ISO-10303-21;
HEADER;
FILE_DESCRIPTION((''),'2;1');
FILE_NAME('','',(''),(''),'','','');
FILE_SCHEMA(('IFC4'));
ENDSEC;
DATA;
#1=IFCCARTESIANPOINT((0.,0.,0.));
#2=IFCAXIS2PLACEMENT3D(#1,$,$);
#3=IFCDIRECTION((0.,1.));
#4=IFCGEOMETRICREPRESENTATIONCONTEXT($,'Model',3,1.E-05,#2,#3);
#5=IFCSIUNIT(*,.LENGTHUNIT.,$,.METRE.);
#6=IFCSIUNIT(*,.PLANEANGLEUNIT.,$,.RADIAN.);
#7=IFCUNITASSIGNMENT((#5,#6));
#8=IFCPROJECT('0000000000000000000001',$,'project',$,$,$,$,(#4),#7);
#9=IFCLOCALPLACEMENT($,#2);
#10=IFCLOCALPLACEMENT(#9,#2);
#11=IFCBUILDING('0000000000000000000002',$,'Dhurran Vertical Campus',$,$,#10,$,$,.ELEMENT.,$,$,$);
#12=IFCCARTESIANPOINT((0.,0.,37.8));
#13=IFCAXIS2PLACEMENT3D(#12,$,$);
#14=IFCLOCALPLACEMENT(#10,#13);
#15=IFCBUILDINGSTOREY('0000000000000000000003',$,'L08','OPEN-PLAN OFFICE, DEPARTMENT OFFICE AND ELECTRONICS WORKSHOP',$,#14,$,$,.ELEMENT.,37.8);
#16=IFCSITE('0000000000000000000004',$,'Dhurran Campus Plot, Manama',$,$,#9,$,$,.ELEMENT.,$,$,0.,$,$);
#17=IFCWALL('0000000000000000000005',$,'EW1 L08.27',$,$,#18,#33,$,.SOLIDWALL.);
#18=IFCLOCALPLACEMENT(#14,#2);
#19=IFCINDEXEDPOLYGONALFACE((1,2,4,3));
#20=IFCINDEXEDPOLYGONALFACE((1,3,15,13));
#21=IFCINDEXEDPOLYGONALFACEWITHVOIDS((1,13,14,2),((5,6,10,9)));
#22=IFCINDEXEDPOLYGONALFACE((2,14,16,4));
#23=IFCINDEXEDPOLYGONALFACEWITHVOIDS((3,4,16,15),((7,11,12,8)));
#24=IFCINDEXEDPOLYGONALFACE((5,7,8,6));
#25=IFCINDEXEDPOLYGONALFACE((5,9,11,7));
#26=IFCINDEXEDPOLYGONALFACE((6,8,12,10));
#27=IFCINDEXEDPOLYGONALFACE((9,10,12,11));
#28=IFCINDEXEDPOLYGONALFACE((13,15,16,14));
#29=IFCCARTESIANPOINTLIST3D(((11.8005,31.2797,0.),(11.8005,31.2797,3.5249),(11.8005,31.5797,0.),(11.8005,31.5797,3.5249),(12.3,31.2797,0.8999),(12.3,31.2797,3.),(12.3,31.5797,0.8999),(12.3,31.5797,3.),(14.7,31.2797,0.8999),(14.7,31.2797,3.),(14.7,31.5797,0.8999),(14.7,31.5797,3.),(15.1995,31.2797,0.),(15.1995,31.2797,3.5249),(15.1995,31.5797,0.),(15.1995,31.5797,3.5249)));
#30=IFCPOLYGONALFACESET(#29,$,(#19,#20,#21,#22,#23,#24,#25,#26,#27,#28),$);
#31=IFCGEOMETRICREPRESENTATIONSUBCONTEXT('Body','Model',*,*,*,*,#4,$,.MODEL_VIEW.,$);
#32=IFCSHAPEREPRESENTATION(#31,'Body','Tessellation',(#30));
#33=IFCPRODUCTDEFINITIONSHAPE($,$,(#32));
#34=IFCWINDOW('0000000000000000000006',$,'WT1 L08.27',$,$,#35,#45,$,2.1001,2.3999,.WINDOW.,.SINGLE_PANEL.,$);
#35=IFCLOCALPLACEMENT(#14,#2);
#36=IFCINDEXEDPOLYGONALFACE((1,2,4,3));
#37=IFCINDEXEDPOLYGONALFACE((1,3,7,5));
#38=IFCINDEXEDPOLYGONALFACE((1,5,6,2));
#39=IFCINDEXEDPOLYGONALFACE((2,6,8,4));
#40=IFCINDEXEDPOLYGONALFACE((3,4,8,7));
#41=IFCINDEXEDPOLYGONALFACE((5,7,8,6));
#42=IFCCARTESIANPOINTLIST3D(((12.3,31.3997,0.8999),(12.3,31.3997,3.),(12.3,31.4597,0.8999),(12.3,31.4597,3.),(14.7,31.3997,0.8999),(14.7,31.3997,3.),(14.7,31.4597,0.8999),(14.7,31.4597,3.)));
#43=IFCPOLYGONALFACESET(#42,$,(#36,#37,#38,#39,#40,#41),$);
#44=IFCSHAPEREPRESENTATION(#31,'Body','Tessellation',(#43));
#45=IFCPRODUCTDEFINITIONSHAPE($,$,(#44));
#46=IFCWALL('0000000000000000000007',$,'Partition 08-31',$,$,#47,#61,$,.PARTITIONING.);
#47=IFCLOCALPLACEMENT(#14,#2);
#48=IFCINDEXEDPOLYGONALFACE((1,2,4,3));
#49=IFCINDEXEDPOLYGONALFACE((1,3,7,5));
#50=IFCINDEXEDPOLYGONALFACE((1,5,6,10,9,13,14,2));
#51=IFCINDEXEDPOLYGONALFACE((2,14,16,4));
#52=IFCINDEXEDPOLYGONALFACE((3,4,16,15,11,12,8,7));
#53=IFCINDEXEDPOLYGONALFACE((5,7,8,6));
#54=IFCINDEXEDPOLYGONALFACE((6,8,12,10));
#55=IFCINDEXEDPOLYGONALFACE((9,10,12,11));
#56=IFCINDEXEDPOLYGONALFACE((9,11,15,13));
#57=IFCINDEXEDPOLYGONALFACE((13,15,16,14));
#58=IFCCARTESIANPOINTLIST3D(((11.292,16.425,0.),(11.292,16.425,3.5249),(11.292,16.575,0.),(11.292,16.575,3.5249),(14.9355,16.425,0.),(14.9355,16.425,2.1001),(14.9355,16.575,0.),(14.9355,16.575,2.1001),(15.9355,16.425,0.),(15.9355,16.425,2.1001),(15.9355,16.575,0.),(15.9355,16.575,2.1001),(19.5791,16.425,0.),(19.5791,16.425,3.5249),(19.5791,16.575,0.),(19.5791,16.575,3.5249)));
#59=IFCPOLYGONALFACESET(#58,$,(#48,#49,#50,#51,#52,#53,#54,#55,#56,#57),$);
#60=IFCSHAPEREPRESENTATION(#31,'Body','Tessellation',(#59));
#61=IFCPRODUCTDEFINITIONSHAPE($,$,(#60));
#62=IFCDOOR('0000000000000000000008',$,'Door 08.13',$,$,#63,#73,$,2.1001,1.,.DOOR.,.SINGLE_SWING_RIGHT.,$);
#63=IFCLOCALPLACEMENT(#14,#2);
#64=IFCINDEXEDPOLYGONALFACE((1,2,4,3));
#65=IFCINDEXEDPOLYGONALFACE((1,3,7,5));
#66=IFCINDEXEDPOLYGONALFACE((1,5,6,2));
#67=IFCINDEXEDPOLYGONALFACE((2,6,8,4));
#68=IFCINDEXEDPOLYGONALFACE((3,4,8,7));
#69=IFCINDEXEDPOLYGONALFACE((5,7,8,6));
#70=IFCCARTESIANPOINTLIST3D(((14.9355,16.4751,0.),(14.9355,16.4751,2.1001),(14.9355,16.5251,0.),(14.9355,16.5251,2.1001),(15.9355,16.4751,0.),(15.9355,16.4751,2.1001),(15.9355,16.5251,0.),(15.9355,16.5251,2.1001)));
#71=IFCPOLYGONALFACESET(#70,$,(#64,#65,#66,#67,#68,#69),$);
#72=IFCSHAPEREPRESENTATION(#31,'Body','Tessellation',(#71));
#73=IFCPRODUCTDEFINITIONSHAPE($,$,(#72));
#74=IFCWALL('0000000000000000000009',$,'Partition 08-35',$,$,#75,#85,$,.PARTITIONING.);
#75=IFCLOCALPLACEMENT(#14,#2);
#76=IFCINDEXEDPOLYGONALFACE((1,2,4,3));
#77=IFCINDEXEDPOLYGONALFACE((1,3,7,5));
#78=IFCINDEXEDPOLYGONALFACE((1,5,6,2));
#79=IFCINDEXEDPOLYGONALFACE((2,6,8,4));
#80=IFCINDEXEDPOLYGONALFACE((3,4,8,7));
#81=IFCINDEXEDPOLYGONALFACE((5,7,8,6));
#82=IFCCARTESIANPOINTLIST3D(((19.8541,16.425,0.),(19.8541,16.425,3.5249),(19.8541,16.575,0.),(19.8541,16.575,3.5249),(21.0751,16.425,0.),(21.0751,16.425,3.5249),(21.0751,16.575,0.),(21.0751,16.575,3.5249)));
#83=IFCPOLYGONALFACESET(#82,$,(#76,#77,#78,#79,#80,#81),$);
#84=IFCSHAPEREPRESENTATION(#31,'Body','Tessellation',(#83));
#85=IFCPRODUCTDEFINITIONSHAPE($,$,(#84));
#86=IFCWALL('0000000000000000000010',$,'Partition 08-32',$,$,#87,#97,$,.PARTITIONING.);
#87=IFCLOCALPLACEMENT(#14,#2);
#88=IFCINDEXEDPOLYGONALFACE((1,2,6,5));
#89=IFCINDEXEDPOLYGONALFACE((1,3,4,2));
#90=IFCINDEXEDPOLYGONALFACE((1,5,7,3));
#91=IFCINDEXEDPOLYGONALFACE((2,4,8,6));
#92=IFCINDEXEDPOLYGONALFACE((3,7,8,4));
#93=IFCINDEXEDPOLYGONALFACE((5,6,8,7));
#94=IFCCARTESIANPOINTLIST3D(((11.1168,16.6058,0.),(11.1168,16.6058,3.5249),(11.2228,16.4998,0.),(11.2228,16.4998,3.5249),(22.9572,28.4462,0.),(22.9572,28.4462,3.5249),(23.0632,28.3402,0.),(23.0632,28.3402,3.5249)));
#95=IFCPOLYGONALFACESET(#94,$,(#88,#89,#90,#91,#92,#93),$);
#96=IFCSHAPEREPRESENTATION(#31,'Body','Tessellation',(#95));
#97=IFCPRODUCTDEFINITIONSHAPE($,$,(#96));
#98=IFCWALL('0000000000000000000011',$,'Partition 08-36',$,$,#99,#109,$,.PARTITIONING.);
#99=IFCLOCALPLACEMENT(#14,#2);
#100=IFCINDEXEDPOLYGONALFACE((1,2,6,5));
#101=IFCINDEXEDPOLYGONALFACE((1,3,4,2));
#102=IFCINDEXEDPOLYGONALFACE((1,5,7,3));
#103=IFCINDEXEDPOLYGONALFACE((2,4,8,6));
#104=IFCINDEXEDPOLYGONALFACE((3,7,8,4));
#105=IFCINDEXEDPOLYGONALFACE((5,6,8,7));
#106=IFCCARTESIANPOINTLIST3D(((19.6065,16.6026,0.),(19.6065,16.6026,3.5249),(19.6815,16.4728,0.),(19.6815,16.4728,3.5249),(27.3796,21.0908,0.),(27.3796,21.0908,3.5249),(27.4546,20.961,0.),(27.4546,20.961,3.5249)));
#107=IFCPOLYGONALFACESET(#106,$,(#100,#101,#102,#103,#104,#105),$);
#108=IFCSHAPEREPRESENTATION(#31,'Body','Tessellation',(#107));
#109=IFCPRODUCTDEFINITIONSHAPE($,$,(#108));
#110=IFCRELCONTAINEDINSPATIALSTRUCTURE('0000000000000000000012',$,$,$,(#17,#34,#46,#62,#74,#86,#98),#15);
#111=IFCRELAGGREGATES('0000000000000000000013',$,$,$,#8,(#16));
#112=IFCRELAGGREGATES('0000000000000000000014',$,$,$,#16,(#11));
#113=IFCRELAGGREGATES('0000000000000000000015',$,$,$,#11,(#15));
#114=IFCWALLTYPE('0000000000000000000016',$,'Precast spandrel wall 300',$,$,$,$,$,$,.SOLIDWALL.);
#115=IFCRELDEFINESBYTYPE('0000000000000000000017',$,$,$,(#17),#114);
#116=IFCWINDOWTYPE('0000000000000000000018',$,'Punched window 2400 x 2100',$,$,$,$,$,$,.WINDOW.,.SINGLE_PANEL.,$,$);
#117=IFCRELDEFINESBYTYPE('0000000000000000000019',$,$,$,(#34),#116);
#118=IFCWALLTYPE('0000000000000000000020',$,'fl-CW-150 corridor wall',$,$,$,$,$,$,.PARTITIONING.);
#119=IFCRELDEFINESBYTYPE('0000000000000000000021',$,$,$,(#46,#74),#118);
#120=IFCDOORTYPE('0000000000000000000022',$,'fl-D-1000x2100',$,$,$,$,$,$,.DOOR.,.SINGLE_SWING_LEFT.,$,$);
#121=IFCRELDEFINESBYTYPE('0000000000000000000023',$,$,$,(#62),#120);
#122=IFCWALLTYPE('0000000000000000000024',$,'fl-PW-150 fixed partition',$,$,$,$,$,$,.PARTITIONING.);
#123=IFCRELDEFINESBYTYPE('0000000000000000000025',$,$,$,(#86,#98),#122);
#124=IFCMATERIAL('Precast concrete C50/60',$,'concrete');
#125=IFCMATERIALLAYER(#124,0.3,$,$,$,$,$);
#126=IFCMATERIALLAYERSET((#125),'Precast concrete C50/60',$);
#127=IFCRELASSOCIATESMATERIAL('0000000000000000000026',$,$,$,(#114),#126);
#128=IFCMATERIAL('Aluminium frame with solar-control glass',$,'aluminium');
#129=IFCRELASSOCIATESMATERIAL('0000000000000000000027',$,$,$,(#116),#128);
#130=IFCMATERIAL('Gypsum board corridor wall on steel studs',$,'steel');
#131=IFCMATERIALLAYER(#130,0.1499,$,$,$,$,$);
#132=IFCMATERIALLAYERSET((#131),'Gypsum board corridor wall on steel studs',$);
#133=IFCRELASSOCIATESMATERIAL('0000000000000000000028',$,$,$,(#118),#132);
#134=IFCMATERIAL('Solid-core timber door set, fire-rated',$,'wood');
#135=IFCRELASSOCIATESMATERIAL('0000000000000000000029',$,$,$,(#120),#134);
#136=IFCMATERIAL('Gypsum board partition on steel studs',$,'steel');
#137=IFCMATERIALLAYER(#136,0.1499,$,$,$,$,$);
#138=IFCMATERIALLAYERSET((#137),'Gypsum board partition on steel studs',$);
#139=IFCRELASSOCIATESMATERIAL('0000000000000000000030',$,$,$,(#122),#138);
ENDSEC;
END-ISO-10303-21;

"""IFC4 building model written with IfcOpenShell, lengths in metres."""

from ifc_helpers import new_model, si_unit, direction, frame, frame_2d, origin, place, context, subcontext, project, spatial, rectangle, extrude, material, layer, layer_set, type_object, element, fill, save


model = new_model("IFC4")

# Units and contexts
model_context = context("Model", 3, precision=1e-05, world=origin(), true_north=direction((0.0, 1.0)))
body_context = subcontext(model_context, "Body", "Model", "MODEL_VIEW")
ifc_project = project(units=[si_unit("LENGTHUNIT", "METRE"), si_unit("PLANEANGLEUNIT", "RADIAN")], contexts=[model_context])

# Site, building, storey
site_placement = place(None, origin())
site = spatial("IfcSite", under=ifc_project, at=site_placement, Name="Dhurran Campus Plot, Manama", CompositionType="ELEMENT", RefElevation=0.0)
building_placement = place(site_placement, origin())
building = spatial("IfcBuilding", under=site, at=building_placement, Name="Dhurran Vertical Campus", CompositionType="ELEMENT")
storey_placement = place(building_placement, frame((0.0, 0.0, 37.8)))
storey = spatial("IfcBuildingStorey", under=building, at=storey_placement, Name="L08", Description="OPEN-PLAN OFFICE, DEPARTMENT OFFICE AND ELECTRONICS WORKSHOP", CompositionType="ELEMENT", Elevation=37.8)

# Wall, opening, window
ifc_material_1 = material(Name="Precast concrete C50/60", Category="concrete")
ifc_layer_1 = layer(ifc_material_1, 0.3)
ifc_layer_set_1 = layer_set([ifc_layer_1], Name="Precast concrete C50/60")
wall_type_1 = type_object("IfcWallType", Name="Precast spandrel wall 300", PredefinedType="SOLIDWALL", material=ifc_layer_set_1)
ifc_material_2 = material(Name="Aluminium frame with solar-control glass", Category="aluminium")
window_type = type_object("IfcWindowType", Name="Punched window 2400 x 2100", PartitioningType="SINGLE_PANEL", PredefinedType="WINDOW", material=ifc_material_2)
wall_1_placement = place(storey_placement, frame((15.1995, 31.4297, 0.0), z_axis=(0.0, 0.0, 1.0), x_axis=(-1.0, 0.0, 0.0)))
wall_1 = element("IfcWall", 1, at=wall_1_placement, inside=storey, type_object=wall_type_1, Name="EW1 L08.27", PredefinedType="SOLIDWALL", context=body_context, shape_type="SweptSolid", body=[
    extrude(rectangle(XDim=3.3989, YDim=0.3, at=frame_2d((1.6995, 0.0))), origin(), (0.0, 0.0, 1.0), 3.5249),
])
opening_1_placement = place(wall_1_placement, frame((0.4995, 0.0, 0.8999)))
opening_1 = element("IfcOpeningElement", 2, at=opening_1_placement, cuts=wall_1, PredefinedType="OPENING", context=body_context, shape_type="SweptSolid", body=[
    extrude(rectangle(XDim=2.3999, YDim=2.1001, at=frame_2d((1.2, 1.05))), frame((0.0, 0.1599, 0.0), z_axis=(0.0, -1.0, 0.0), x_axis=(1.0, 0.0, 0.0)), (0.0, 0.0, 1.0), 0.3201),
])
window_1_placement = place(opening_1_placement, origin())
window_1 = element("IfcWindow", 3, at=window_1_placement, inside=storey, type_object=window_type, Name="WT1 L08.27", OverallHeight=2.1001, OverallWidth=2.3999, PartitioningType="SINGLE_PANEL", PredefinedType="WINDOW", context=body_context, shape_type="SweptSolid", body=[
    extrude(rectangle(XDim=2.3999, YDim=2.1001, at=frame_2d((1.2, 1.05))), frame((0.0, 0.03, 0.0), z_axis=(0.0, -1.0, 0.0), x_axis=(1.0, 0.0, 0.0)), (0.0, 0.0, 1.0), 0.0601),
])
fill(opening_1, window_1)

# Wall, opening, door
ifc_material_3 = material(Name="Gypsum board corridor wall on steel studs", Category="steel")
ifc_layer_2 = layer(ifc_material_3, 0.1499)
ifc_layer_set_2 = layer_set([ifc_layer_2], Name="Gypsum board corridor wall on steel studs")
wall_type_2 = type_object("IfcWallType", Name="fl-CW-150 corridor wall", PredefinedType="PARTITIONING", material=ifc_layer_set_2)
wall_2_placement = place(storey_placement, frame((19.5791, 16.5, 0.0), z_axis=(0.0, 0.0, 1.0), x_axis=(-1.0, 0.0, 0.0)))
wall_2 = element("IfcWall", 4, at=wall_2_placement, inside=storey, type_object=wall_type_2, Name="Partition 08-31", PredefinedType="PARTITIONING", context=body_context, shape_type="SweptSolid", body=[
    extrude(rectangle(XDim=8.2871, YDim=0.1499, at=frame_2d((4.1436, 0.0))), origin(), (0.0, 0.0, 1.0), 3.5249),
])
opening_2_placement = place(wall_2_placement, frame((3.6436, 0.0, 0.0)))
opening_2 = element("IfcOpeningElement", 5, at=opening_2_placement, cuts=wall_2, PredefinedType="OPENING", context=body_context, shape_type="SweptSolid", body=[
    extrude(rectangle(XDim=1.0, YDim=2.1001, at=frame_2d((0.5, 1.05))), frame((0.0, 0.085, 0.0), z_axis=(0.0, -1.0, 0.0), x_axis=(1.0, 0.0, 0.0)), (0.0, 0.0, 1.0), 0.1699),
])
ifc_material_4 = material(Name="Solid-core timber door set, fire-rated", Category="wood")
door_type = type_object("IfcDoorType", Name="fl-D-1000x2100", OperationType="SINGLE_SWING_LEFT", PredefinedType="DOOR", material=ifc_material_4)
door_placement = place(opening_2_placement, origin())
door = element("IfcDoor", 6, at=door_placement, inside=storey, type_object=door_type, Name="Door 08.13", OperationType="SINGLE_SWING_RIGHT", OverallHeight=2.1001, OverallWidth=1.0, PredefinedType="DOOR", context=body_context, shape_type="SweptSolid", body=[
    extrude(rectangle(XDim=1.0, YDim=2.1001, at=frame_2d((0.5, 1.05))), frame((0.0, 0.0249, 0.0), z_axis=(0.0, -1.0, 0.0), x_axis=(1.0, 0.0, 0.0)), (0.0, 0.0, 1.0), 0.05),
])
fill(opening_2, door)

# Walls
wall_3_placement = place(storey_placement, frame((21.075, 16.5, 0.0), z_axis=(0.0, 0.0, 1.0), x_axis=(-1.0, 0.0, 0.0)))
element("IfcWall", 7, at=wall_3_placement, inside=storey, type_object=wall_type_2, Name="Partition 08-35", PredefinedType="PARTITIONING", context=body_context, shape_type="SweptSolid", body=[
    extrude(rectangle(XDim=1.2209, YDim=0.1499, at=frame_2d((0.6104, 0.0))), origin(), (0.0, 0.0, 1.0), 3.5249),
])
ifc_material_5 = material(Name="Gypsum board partition on steel studs", Category="steel")
ifc_layer_3 = layer(ifc_material_5, 0.1499)
ifc_layer_set_3 = layer_set([ifc_layer_3], Name="Gypsum board partition on steel studs")
wall_type_3 = type_object("IfcWallType", Name="fl-PW-150 fixed partition", PredefinedType="PARTITIONING", material=ifc_layer_set_3)
wall_4_placement = place(storey_placement, frame((23.0103, 28.3933, 0.0), z_axis=(0.0, 0.0, 1.0), x_axis=(-0.707107, -0.707107, 0.0)))
element("IfcWall", 8, at=wall_4_placement, inside=storey, type_object=wall_type_3, Name="Partition 08-32", PredefinedType="PARTITIONING", context=body_context, shape_type="SweptSolid", body=[
    extrude(rectangle(XDim=16.7449, YDim=0.1499, at=frame_2d((8.3726, 0.0))), origin(), (0.0, 0.0, 1.0), 3.5249),
])
wall_5_placement = place(storey_placement, frame((27.417, 21.0259, 0.0), z_axis=(0.0, 0.0, 1.0), x_axis=(-0.866005, -0.500036, 0.0)))
element("IfcWall", 9, at=wall_5_placement, inside=storey, type_object=wall_type_3, Name="Partition 08-36", PredefinedType="PARTITIONING", context=body_context, shape_type="SweptSolid", body=[
    extrude(rectangle(XDim=8.9758, YDim=0.1499, at=frame_2d((4.4878, 0.0))), origin(), (0.0, 0.0, 1.0), 3.5249),
])

save(model, "model.ifc")
